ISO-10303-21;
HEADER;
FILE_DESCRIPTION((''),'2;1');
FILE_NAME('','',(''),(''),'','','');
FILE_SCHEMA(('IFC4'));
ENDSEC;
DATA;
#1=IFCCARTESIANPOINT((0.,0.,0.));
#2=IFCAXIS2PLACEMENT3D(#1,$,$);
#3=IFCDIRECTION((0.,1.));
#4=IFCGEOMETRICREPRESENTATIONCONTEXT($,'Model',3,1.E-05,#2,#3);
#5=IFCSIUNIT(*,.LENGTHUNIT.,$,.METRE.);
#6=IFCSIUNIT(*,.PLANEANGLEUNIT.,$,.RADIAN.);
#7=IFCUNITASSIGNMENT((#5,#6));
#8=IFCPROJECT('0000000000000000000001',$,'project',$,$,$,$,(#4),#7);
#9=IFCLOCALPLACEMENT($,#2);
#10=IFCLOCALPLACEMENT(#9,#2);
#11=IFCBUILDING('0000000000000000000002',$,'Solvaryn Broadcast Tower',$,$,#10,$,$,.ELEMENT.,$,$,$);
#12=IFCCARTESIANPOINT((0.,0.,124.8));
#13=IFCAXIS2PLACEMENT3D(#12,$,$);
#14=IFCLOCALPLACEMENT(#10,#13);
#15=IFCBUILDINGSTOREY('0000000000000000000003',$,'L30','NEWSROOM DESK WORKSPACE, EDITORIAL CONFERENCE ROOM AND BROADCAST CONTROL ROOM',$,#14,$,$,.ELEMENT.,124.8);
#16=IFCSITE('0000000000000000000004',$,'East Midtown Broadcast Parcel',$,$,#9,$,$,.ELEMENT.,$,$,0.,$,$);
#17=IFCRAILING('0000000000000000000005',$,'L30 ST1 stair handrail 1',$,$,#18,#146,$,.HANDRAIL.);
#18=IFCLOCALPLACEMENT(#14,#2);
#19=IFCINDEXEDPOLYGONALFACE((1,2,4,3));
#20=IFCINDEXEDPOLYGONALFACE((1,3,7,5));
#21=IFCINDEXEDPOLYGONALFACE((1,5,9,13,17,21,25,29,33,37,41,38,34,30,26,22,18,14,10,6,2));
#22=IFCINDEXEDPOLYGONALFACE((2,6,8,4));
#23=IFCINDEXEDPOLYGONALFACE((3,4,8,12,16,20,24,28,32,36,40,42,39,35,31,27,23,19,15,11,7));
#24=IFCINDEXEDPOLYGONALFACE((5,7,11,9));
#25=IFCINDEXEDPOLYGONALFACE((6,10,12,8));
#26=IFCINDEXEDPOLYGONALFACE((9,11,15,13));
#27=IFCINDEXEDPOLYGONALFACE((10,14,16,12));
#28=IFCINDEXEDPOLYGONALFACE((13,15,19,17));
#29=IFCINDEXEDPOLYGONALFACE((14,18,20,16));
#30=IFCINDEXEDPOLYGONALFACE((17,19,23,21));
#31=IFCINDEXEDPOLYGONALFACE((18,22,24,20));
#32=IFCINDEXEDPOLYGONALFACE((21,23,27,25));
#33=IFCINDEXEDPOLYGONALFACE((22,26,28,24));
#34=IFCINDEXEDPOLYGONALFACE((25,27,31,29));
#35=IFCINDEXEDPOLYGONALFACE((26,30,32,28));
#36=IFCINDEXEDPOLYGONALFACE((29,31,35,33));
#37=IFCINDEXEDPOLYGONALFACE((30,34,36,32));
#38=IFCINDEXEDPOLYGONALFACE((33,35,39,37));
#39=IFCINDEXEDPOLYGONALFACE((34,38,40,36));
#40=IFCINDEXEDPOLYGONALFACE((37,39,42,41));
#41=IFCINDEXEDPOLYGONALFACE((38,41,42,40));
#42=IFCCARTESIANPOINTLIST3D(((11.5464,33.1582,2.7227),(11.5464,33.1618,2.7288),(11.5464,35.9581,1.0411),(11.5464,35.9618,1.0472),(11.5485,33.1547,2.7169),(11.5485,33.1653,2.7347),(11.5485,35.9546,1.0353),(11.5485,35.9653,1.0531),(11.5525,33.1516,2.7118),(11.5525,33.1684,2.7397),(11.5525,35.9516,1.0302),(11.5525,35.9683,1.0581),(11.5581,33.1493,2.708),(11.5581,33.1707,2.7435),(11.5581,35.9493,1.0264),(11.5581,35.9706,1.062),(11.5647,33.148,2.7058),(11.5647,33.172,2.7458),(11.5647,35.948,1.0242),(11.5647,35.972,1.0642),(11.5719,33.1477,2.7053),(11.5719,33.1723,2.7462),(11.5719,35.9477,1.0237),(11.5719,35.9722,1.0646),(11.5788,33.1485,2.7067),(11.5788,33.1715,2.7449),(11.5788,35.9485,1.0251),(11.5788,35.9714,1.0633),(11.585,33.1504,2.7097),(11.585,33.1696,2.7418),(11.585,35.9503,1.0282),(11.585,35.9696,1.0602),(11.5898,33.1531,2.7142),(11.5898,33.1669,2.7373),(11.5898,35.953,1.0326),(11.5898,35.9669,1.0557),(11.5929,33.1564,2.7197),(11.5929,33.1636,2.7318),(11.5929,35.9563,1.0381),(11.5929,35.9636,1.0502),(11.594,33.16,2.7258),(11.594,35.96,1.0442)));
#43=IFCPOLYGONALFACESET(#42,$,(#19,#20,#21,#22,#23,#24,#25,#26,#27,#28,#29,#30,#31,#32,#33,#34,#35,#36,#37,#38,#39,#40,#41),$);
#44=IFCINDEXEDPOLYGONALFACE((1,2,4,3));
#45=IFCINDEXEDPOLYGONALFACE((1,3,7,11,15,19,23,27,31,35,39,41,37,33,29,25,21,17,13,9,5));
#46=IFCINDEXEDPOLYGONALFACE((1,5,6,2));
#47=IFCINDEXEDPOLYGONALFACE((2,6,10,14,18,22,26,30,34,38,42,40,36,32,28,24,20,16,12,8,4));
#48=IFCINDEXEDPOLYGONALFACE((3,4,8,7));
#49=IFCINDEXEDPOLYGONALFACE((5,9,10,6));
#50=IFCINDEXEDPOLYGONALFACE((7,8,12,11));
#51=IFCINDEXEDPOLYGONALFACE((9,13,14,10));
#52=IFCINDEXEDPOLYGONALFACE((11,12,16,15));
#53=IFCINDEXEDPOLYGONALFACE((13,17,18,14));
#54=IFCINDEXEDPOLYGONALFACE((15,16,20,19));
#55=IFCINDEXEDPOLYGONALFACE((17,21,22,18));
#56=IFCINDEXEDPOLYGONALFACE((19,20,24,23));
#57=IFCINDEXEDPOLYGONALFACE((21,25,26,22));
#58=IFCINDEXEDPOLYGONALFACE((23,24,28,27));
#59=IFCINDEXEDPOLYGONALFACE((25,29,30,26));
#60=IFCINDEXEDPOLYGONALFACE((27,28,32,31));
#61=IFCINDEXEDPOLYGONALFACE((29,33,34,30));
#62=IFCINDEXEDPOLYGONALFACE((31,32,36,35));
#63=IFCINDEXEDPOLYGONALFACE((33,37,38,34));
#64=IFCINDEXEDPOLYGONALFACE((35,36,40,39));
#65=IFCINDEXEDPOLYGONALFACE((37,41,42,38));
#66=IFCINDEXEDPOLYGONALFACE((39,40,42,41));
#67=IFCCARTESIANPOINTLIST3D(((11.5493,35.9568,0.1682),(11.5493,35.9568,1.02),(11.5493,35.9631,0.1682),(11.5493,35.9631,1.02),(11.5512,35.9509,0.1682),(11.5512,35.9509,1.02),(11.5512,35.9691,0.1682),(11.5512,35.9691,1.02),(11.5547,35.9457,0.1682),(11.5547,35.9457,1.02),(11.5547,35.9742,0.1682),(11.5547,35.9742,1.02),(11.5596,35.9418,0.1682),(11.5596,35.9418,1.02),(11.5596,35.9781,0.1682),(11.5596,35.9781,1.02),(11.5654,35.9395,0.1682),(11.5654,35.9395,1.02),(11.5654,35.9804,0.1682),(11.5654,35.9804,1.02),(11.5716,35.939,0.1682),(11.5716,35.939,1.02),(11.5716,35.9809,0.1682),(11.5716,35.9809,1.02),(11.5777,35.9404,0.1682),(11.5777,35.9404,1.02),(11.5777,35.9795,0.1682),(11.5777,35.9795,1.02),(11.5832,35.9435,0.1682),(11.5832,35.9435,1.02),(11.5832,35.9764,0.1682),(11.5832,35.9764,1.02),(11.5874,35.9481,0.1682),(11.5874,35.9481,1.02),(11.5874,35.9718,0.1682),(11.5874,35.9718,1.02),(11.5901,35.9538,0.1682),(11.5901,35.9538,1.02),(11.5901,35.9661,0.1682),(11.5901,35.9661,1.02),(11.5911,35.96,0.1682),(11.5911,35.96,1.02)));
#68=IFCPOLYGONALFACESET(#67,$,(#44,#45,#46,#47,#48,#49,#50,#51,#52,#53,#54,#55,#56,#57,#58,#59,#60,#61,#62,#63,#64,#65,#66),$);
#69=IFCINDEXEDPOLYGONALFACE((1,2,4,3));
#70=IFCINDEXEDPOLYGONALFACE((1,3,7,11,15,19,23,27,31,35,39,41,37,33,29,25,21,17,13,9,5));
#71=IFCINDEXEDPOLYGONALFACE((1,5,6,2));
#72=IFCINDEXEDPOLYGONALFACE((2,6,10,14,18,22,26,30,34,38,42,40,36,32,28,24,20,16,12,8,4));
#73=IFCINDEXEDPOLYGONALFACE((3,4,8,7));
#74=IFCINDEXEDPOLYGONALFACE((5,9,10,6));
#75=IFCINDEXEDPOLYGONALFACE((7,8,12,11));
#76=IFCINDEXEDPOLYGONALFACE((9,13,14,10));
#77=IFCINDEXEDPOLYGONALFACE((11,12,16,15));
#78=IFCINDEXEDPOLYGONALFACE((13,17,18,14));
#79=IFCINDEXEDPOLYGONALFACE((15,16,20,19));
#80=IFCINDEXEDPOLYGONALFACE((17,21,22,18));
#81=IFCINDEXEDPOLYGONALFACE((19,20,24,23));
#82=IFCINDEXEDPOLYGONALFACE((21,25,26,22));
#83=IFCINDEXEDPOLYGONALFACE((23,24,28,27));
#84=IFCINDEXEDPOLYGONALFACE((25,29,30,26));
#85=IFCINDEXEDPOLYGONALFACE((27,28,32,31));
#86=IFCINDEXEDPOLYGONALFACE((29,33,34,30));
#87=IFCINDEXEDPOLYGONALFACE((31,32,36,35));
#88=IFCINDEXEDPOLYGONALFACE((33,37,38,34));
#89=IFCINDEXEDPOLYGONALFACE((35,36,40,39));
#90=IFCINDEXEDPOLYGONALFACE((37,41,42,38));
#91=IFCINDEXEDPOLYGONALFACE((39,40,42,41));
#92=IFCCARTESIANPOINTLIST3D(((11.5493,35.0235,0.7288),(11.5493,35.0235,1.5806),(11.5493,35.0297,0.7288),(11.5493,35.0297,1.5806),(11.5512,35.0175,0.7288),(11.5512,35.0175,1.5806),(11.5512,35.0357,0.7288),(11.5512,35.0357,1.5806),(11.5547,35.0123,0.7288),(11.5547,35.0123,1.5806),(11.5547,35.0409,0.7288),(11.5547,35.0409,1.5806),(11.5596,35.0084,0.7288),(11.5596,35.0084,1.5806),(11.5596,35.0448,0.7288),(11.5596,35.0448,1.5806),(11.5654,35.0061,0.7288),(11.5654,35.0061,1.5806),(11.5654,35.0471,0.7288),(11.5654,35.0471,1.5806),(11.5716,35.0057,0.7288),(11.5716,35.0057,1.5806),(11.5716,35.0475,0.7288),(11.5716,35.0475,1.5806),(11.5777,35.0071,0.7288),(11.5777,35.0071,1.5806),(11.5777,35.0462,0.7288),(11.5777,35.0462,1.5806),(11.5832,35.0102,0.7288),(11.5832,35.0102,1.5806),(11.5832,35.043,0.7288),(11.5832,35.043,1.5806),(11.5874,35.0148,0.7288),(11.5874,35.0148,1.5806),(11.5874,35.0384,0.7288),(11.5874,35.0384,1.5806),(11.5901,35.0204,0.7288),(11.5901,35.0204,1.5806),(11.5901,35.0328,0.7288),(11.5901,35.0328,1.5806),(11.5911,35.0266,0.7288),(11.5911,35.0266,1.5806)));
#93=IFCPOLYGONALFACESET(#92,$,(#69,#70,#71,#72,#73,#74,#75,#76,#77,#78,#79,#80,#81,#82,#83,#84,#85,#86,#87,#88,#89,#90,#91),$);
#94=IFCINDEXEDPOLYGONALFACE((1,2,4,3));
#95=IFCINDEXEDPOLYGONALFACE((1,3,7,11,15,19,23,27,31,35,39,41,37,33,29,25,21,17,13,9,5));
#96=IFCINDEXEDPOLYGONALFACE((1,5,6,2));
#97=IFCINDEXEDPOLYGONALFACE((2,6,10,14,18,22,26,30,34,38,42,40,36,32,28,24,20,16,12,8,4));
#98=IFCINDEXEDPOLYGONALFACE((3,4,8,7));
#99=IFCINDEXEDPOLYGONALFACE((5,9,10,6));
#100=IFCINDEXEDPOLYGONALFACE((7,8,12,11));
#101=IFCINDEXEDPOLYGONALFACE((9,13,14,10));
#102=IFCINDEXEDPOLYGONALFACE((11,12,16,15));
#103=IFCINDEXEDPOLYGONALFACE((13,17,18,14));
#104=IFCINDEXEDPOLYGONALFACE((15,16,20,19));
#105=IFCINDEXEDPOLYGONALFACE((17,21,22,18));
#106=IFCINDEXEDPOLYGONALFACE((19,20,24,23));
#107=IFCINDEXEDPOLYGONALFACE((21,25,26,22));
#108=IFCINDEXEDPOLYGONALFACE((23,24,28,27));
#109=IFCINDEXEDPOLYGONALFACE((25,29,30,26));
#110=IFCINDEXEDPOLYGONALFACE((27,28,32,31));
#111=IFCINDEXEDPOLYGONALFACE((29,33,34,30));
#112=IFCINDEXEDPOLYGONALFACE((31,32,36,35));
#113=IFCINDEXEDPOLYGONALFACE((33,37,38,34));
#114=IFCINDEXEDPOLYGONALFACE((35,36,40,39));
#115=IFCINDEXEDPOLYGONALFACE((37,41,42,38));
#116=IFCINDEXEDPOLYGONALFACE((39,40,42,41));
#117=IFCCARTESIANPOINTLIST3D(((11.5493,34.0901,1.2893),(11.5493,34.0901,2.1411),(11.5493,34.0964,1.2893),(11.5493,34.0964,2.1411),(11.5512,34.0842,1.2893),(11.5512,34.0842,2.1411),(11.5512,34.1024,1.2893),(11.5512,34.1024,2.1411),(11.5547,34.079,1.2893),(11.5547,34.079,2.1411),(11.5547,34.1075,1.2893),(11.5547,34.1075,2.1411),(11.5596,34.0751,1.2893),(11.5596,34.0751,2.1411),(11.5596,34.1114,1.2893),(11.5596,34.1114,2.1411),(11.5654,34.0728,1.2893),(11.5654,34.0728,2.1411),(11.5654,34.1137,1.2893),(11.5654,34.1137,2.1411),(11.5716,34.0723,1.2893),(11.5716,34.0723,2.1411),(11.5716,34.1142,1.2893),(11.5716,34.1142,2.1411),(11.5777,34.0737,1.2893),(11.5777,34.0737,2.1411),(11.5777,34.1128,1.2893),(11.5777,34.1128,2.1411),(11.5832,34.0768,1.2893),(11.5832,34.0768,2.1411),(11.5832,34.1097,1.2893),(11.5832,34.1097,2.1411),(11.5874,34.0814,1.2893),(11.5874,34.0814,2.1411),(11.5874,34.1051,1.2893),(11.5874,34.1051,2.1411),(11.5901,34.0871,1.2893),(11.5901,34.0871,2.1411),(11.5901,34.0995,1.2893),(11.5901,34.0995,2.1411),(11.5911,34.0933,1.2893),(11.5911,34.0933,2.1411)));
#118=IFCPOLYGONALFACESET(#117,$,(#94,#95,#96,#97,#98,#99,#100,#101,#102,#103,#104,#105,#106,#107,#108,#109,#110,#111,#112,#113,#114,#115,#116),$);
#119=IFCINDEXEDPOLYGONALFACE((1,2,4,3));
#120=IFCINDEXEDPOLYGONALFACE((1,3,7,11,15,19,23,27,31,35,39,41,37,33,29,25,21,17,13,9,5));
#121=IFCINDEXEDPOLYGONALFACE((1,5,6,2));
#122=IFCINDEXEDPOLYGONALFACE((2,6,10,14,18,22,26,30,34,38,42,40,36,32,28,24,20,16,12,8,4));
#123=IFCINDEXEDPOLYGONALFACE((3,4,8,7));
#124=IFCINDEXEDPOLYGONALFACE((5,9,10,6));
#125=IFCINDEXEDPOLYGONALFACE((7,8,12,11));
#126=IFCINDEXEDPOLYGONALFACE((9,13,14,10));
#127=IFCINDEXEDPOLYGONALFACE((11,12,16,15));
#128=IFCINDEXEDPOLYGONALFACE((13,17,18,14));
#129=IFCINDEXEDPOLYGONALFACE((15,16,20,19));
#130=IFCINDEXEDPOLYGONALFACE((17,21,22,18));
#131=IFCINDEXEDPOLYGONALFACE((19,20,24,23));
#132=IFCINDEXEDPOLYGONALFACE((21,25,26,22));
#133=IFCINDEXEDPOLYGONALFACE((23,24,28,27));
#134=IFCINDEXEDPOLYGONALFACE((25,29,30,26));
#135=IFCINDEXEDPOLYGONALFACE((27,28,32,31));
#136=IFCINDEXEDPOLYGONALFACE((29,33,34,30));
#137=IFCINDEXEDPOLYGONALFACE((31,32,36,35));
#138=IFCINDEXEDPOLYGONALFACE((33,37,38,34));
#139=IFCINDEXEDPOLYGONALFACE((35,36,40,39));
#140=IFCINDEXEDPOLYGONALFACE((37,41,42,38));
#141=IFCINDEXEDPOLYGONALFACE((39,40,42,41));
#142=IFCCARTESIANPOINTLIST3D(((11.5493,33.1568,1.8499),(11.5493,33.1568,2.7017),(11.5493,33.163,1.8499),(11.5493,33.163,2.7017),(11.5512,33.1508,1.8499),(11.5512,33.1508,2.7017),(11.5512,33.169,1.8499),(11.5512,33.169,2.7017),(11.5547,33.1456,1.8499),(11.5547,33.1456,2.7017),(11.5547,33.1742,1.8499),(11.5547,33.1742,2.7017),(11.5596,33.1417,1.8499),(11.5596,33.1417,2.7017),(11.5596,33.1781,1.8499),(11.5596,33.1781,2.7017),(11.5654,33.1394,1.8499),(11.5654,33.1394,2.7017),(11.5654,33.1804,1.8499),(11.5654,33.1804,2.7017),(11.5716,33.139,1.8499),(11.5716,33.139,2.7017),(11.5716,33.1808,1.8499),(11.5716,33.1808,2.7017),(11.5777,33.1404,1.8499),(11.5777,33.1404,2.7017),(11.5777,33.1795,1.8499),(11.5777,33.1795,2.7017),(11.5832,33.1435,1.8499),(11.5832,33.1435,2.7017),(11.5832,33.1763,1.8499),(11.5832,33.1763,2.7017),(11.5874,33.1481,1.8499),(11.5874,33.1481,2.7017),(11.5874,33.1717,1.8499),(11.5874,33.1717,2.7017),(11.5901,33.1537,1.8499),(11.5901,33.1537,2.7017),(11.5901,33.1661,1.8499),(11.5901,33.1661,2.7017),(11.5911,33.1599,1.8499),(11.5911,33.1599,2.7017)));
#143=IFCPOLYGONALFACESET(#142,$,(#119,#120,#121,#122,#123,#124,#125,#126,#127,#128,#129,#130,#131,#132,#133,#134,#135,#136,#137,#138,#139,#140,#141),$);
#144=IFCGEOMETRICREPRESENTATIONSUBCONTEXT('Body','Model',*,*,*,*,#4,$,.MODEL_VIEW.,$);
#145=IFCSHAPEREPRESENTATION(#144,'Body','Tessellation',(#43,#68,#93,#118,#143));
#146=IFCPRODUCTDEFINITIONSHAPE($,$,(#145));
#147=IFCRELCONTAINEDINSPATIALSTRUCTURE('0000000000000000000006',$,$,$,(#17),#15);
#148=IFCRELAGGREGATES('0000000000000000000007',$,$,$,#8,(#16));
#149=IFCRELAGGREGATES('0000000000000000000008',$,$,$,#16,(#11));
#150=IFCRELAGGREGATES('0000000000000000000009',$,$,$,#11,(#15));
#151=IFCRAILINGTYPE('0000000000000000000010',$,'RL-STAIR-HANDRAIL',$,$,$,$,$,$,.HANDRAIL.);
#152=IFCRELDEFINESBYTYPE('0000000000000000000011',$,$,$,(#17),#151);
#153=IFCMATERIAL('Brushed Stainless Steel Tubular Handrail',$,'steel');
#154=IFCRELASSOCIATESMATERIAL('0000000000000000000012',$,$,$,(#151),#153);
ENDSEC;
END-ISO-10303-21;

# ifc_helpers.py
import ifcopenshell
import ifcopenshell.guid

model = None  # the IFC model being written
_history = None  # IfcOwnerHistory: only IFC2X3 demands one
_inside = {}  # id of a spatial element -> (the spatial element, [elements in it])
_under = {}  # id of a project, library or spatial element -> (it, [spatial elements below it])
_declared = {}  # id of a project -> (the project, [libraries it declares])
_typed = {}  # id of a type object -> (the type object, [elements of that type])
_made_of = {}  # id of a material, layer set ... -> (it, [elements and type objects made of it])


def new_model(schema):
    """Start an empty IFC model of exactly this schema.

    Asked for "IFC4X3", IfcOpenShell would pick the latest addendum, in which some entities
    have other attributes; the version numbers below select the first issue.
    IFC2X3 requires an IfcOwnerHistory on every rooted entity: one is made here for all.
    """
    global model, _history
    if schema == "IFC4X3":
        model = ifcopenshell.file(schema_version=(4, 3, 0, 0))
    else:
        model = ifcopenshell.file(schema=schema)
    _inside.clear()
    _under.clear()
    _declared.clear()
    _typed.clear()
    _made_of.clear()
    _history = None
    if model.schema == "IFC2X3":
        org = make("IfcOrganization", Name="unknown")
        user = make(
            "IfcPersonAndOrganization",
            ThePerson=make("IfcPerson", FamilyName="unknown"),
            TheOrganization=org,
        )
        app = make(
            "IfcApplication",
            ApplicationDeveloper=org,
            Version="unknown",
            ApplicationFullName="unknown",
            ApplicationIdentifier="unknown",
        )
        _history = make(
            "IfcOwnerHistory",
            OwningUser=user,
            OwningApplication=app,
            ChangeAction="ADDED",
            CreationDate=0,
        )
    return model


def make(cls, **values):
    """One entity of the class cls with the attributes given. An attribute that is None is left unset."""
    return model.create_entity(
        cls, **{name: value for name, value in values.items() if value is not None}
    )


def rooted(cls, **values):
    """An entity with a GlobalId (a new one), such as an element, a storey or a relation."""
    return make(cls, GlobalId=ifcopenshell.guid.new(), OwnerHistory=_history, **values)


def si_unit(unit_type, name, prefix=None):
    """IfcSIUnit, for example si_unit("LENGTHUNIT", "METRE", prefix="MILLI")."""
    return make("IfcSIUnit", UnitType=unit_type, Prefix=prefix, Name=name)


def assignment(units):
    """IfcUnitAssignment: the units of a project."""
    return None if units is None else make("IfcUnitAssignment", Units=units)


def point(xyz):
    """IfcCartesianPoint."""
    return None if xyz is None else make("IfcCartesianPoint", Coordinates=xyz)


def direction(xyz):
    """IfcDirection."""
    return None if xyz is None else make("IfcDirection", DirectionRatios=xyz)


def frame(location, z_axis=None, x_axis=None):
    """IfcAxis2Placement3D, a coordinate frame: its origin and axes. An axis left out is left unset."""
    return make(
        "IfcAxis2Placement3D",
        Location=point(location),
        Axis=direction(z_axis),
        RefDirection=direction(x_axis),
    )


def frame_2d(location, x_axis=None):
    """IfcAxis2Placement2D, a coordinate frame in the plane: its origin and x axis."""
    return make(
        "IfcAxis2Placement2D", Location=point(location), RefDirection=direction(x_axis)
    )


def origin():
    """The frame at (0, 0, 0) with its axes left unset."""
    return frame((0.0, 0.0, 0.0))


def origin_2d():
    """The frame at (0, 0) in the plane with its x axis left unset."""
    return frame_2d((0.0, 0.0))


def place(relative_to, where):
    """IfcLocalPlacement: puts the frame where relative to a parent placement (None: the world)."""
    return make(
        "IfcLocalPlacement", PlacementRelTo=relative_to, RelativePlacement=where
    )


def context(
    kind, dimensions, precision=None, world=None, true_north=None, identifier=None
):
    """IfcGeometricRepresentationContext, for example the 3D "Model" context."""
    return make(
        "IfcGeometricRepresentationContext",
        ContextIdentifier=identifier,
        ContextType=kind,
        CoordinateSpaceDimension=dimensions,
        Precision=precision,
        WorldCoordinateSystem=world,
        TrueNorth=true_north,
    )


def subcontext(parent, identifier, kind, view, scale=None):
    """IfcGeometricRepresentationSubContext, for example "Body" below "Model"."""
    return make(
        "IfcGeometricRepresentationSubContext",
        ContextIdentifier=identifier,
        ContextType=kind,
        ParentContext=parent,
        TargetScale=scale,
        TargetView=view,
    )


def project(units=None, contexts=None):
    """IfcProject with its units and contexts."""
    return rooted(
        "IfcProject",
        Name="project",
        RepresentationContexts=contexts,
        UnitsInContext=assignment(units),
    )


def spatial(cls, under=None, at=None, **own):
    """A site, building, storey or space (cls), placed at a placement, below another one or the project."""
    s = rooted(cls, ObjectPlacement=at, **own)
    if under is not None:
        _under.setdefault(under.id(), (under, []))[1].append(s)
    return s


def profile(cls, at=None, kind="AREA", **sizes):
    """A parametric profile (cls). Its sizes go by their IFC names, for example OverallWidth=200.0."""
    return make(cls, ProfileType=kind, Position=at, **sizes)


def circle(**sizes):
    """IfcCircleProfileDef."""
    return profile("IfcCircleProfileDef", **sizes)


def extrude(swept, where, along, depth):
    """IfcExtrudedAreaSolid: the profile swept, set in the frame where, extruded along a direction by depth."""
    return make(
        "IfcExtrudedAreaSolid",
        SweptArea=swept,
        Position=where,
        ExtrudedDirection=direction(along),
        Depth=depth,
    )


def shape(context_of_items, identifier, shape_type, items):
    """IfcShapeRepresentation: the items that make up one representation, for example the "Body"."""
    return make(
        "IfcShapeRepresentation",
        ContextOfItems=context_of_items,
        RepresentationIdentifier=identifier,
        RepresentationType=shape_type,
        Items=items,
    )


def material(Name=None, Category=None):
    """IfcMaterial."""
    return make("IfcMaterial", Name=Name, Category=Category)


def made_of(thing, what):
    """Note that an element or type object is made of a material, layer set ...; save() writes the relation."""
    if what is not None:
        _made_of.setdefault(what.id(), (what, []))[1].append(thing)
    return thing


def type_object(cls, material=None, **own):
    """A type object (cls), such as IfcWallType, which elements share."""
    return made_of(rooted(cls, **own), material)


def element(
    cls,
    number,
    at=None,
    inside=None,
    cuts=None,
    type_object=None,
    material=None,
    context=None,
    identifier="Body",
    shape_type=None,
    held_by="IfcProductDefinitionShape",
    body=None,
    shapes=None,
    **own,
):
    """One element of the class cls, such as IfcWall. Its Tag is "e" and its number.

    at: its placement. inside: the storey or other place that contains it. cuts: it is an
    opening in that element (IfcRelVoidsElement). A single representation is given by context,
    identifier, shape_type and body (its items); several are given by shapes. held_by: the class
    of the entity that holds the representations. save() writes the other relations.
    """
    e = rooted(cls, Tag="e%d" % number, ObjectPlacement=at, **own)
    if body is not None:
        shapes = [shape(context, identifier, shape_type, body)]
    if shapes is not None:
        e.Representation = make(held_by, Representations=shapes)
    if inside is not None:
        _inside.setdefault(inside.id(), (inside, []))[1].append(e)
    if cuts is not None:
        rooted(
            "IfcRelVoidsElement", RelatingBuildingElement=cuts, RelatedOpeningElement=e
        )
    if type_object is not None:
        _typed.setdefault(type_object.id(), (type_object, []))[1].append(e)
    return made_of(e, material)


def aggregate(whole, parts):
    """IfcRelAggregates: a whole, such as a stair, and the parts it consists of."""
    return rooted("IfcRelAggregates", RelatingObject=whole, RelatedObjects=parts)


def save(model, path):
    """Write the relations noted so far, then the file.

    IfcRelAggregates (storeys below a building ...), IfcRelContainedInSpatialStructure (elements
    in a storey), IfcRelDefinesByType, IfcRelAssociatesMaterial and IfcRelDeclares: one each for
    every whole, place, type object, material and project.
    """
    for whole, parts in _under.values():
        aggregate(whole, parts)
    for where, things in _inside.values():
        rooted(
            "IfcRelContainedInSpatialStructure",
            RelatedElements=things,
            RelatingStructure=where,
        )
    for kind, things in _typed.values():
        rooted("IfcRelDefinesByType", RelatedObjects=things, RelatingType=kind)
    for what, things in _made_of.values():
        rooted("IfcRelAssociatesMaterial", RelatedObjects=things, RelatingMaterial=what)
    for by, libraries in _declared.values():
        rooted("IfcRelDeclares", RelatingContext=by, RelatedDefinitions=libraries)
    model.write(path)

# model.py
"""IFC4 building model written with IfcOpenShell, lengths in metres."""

from ifc_helpers import new_model, si_unit, direction, frame, origin, origin_2d, place, context, subcontext, project, spatial, circle, extrude, material, type_object, element, save


model = new_model("IFC4")

# Units and contexts
model_context = context("Model", 3, precision=1e-05, world=origin(), true_north=direction((0.0, 1.0)))
body_context = subcontext(model_context, "Body", "Model", "MODEL_VIEW")
ifc_project = project(units=[si_unit("LENGTHUNIT", "METRE"), si_unit("PLANEANGLEUNIT", "RADIAN")], contexts=[model_context])

# Site, building, storey
site_placement = place(None, origin())
site = spatial("IfcSite", under=ifc_project, at=site_placement, Name="East Midtown Broadcast Parcel", CompositionType="ELEMENT", RefElevation=0.0)
building_placement = place(site_placement, origin())
building = spatial("IfcBuilding", under=site, at=building_placement, Name="Solvaryn Broadcast Tower", CompositionType="ELEMENT")
storey_placement = place(building_placement, frame((0.0, 0.0, 124.8)))
storey = spatial("IfcBuildingStorey", under=building, at=storey_placement, Name="L30", Description="NEWSROOM DESK WORKSPACE, EDITORIAL CONFERENCE ROOM AND BROADCAST CONTROL ROOM", CompositionType="ELEMENT", Elevation=124.8)

# Railing
ifc_material_1 = material(Name="Brushed Stainless Steel Tubular Handrail", Category="steel")
railing_type_1 = type_object("IfcRailingType", Name="RL-STAIR-HANDRAIL", PredefinedType="HANDRAIL", material=ifc_material_1)
railing_1_placement = place(storey_placement, frame((11.5701, 35.96, 0.1682)))
element("IfcRailing", 1, at=railing_1_placement, inside=storey, type_object=railing_type_1, Name="L30 ST1 stair handrail 1", PredefinedType="HANDRAIL", context=body_context, shape_type="SweptSolid", body=[
    extrude(circle(Radius=0.0239, at=origin_2d()), frame((0.0, 0.0, 0.876), z_axis=(0.0, -0.857275, 0.514858), x_axis=(1.0, 0.0, 0.0)), (0.0, 0.0, 1.0), 3.2661),
    extrude(circle(Radius=0.021, at=origin_2d()), origin(), (0.0, 0.0, 1.0), 0.8518),
    extrude(circle(Radius=0.021, at=origin_2d()), frame((0.0, -0.9333, 0.5605)), (0.0, 0.0, 1.0), 0.8518),
    extrude(circle(Radius=0.021, at=origin_2d()), frame((0.0, -1.8667, 1.1211)), (0.0, 0.0, 1.0), 0.8518),
    extrude(circle(Radius=0.021, at=origin_2d()), frame((0.0, -2.8, 1.6816)), (0.0, 0.0, 1.0), 0.8518),
])

save(model, "model.ifc")
